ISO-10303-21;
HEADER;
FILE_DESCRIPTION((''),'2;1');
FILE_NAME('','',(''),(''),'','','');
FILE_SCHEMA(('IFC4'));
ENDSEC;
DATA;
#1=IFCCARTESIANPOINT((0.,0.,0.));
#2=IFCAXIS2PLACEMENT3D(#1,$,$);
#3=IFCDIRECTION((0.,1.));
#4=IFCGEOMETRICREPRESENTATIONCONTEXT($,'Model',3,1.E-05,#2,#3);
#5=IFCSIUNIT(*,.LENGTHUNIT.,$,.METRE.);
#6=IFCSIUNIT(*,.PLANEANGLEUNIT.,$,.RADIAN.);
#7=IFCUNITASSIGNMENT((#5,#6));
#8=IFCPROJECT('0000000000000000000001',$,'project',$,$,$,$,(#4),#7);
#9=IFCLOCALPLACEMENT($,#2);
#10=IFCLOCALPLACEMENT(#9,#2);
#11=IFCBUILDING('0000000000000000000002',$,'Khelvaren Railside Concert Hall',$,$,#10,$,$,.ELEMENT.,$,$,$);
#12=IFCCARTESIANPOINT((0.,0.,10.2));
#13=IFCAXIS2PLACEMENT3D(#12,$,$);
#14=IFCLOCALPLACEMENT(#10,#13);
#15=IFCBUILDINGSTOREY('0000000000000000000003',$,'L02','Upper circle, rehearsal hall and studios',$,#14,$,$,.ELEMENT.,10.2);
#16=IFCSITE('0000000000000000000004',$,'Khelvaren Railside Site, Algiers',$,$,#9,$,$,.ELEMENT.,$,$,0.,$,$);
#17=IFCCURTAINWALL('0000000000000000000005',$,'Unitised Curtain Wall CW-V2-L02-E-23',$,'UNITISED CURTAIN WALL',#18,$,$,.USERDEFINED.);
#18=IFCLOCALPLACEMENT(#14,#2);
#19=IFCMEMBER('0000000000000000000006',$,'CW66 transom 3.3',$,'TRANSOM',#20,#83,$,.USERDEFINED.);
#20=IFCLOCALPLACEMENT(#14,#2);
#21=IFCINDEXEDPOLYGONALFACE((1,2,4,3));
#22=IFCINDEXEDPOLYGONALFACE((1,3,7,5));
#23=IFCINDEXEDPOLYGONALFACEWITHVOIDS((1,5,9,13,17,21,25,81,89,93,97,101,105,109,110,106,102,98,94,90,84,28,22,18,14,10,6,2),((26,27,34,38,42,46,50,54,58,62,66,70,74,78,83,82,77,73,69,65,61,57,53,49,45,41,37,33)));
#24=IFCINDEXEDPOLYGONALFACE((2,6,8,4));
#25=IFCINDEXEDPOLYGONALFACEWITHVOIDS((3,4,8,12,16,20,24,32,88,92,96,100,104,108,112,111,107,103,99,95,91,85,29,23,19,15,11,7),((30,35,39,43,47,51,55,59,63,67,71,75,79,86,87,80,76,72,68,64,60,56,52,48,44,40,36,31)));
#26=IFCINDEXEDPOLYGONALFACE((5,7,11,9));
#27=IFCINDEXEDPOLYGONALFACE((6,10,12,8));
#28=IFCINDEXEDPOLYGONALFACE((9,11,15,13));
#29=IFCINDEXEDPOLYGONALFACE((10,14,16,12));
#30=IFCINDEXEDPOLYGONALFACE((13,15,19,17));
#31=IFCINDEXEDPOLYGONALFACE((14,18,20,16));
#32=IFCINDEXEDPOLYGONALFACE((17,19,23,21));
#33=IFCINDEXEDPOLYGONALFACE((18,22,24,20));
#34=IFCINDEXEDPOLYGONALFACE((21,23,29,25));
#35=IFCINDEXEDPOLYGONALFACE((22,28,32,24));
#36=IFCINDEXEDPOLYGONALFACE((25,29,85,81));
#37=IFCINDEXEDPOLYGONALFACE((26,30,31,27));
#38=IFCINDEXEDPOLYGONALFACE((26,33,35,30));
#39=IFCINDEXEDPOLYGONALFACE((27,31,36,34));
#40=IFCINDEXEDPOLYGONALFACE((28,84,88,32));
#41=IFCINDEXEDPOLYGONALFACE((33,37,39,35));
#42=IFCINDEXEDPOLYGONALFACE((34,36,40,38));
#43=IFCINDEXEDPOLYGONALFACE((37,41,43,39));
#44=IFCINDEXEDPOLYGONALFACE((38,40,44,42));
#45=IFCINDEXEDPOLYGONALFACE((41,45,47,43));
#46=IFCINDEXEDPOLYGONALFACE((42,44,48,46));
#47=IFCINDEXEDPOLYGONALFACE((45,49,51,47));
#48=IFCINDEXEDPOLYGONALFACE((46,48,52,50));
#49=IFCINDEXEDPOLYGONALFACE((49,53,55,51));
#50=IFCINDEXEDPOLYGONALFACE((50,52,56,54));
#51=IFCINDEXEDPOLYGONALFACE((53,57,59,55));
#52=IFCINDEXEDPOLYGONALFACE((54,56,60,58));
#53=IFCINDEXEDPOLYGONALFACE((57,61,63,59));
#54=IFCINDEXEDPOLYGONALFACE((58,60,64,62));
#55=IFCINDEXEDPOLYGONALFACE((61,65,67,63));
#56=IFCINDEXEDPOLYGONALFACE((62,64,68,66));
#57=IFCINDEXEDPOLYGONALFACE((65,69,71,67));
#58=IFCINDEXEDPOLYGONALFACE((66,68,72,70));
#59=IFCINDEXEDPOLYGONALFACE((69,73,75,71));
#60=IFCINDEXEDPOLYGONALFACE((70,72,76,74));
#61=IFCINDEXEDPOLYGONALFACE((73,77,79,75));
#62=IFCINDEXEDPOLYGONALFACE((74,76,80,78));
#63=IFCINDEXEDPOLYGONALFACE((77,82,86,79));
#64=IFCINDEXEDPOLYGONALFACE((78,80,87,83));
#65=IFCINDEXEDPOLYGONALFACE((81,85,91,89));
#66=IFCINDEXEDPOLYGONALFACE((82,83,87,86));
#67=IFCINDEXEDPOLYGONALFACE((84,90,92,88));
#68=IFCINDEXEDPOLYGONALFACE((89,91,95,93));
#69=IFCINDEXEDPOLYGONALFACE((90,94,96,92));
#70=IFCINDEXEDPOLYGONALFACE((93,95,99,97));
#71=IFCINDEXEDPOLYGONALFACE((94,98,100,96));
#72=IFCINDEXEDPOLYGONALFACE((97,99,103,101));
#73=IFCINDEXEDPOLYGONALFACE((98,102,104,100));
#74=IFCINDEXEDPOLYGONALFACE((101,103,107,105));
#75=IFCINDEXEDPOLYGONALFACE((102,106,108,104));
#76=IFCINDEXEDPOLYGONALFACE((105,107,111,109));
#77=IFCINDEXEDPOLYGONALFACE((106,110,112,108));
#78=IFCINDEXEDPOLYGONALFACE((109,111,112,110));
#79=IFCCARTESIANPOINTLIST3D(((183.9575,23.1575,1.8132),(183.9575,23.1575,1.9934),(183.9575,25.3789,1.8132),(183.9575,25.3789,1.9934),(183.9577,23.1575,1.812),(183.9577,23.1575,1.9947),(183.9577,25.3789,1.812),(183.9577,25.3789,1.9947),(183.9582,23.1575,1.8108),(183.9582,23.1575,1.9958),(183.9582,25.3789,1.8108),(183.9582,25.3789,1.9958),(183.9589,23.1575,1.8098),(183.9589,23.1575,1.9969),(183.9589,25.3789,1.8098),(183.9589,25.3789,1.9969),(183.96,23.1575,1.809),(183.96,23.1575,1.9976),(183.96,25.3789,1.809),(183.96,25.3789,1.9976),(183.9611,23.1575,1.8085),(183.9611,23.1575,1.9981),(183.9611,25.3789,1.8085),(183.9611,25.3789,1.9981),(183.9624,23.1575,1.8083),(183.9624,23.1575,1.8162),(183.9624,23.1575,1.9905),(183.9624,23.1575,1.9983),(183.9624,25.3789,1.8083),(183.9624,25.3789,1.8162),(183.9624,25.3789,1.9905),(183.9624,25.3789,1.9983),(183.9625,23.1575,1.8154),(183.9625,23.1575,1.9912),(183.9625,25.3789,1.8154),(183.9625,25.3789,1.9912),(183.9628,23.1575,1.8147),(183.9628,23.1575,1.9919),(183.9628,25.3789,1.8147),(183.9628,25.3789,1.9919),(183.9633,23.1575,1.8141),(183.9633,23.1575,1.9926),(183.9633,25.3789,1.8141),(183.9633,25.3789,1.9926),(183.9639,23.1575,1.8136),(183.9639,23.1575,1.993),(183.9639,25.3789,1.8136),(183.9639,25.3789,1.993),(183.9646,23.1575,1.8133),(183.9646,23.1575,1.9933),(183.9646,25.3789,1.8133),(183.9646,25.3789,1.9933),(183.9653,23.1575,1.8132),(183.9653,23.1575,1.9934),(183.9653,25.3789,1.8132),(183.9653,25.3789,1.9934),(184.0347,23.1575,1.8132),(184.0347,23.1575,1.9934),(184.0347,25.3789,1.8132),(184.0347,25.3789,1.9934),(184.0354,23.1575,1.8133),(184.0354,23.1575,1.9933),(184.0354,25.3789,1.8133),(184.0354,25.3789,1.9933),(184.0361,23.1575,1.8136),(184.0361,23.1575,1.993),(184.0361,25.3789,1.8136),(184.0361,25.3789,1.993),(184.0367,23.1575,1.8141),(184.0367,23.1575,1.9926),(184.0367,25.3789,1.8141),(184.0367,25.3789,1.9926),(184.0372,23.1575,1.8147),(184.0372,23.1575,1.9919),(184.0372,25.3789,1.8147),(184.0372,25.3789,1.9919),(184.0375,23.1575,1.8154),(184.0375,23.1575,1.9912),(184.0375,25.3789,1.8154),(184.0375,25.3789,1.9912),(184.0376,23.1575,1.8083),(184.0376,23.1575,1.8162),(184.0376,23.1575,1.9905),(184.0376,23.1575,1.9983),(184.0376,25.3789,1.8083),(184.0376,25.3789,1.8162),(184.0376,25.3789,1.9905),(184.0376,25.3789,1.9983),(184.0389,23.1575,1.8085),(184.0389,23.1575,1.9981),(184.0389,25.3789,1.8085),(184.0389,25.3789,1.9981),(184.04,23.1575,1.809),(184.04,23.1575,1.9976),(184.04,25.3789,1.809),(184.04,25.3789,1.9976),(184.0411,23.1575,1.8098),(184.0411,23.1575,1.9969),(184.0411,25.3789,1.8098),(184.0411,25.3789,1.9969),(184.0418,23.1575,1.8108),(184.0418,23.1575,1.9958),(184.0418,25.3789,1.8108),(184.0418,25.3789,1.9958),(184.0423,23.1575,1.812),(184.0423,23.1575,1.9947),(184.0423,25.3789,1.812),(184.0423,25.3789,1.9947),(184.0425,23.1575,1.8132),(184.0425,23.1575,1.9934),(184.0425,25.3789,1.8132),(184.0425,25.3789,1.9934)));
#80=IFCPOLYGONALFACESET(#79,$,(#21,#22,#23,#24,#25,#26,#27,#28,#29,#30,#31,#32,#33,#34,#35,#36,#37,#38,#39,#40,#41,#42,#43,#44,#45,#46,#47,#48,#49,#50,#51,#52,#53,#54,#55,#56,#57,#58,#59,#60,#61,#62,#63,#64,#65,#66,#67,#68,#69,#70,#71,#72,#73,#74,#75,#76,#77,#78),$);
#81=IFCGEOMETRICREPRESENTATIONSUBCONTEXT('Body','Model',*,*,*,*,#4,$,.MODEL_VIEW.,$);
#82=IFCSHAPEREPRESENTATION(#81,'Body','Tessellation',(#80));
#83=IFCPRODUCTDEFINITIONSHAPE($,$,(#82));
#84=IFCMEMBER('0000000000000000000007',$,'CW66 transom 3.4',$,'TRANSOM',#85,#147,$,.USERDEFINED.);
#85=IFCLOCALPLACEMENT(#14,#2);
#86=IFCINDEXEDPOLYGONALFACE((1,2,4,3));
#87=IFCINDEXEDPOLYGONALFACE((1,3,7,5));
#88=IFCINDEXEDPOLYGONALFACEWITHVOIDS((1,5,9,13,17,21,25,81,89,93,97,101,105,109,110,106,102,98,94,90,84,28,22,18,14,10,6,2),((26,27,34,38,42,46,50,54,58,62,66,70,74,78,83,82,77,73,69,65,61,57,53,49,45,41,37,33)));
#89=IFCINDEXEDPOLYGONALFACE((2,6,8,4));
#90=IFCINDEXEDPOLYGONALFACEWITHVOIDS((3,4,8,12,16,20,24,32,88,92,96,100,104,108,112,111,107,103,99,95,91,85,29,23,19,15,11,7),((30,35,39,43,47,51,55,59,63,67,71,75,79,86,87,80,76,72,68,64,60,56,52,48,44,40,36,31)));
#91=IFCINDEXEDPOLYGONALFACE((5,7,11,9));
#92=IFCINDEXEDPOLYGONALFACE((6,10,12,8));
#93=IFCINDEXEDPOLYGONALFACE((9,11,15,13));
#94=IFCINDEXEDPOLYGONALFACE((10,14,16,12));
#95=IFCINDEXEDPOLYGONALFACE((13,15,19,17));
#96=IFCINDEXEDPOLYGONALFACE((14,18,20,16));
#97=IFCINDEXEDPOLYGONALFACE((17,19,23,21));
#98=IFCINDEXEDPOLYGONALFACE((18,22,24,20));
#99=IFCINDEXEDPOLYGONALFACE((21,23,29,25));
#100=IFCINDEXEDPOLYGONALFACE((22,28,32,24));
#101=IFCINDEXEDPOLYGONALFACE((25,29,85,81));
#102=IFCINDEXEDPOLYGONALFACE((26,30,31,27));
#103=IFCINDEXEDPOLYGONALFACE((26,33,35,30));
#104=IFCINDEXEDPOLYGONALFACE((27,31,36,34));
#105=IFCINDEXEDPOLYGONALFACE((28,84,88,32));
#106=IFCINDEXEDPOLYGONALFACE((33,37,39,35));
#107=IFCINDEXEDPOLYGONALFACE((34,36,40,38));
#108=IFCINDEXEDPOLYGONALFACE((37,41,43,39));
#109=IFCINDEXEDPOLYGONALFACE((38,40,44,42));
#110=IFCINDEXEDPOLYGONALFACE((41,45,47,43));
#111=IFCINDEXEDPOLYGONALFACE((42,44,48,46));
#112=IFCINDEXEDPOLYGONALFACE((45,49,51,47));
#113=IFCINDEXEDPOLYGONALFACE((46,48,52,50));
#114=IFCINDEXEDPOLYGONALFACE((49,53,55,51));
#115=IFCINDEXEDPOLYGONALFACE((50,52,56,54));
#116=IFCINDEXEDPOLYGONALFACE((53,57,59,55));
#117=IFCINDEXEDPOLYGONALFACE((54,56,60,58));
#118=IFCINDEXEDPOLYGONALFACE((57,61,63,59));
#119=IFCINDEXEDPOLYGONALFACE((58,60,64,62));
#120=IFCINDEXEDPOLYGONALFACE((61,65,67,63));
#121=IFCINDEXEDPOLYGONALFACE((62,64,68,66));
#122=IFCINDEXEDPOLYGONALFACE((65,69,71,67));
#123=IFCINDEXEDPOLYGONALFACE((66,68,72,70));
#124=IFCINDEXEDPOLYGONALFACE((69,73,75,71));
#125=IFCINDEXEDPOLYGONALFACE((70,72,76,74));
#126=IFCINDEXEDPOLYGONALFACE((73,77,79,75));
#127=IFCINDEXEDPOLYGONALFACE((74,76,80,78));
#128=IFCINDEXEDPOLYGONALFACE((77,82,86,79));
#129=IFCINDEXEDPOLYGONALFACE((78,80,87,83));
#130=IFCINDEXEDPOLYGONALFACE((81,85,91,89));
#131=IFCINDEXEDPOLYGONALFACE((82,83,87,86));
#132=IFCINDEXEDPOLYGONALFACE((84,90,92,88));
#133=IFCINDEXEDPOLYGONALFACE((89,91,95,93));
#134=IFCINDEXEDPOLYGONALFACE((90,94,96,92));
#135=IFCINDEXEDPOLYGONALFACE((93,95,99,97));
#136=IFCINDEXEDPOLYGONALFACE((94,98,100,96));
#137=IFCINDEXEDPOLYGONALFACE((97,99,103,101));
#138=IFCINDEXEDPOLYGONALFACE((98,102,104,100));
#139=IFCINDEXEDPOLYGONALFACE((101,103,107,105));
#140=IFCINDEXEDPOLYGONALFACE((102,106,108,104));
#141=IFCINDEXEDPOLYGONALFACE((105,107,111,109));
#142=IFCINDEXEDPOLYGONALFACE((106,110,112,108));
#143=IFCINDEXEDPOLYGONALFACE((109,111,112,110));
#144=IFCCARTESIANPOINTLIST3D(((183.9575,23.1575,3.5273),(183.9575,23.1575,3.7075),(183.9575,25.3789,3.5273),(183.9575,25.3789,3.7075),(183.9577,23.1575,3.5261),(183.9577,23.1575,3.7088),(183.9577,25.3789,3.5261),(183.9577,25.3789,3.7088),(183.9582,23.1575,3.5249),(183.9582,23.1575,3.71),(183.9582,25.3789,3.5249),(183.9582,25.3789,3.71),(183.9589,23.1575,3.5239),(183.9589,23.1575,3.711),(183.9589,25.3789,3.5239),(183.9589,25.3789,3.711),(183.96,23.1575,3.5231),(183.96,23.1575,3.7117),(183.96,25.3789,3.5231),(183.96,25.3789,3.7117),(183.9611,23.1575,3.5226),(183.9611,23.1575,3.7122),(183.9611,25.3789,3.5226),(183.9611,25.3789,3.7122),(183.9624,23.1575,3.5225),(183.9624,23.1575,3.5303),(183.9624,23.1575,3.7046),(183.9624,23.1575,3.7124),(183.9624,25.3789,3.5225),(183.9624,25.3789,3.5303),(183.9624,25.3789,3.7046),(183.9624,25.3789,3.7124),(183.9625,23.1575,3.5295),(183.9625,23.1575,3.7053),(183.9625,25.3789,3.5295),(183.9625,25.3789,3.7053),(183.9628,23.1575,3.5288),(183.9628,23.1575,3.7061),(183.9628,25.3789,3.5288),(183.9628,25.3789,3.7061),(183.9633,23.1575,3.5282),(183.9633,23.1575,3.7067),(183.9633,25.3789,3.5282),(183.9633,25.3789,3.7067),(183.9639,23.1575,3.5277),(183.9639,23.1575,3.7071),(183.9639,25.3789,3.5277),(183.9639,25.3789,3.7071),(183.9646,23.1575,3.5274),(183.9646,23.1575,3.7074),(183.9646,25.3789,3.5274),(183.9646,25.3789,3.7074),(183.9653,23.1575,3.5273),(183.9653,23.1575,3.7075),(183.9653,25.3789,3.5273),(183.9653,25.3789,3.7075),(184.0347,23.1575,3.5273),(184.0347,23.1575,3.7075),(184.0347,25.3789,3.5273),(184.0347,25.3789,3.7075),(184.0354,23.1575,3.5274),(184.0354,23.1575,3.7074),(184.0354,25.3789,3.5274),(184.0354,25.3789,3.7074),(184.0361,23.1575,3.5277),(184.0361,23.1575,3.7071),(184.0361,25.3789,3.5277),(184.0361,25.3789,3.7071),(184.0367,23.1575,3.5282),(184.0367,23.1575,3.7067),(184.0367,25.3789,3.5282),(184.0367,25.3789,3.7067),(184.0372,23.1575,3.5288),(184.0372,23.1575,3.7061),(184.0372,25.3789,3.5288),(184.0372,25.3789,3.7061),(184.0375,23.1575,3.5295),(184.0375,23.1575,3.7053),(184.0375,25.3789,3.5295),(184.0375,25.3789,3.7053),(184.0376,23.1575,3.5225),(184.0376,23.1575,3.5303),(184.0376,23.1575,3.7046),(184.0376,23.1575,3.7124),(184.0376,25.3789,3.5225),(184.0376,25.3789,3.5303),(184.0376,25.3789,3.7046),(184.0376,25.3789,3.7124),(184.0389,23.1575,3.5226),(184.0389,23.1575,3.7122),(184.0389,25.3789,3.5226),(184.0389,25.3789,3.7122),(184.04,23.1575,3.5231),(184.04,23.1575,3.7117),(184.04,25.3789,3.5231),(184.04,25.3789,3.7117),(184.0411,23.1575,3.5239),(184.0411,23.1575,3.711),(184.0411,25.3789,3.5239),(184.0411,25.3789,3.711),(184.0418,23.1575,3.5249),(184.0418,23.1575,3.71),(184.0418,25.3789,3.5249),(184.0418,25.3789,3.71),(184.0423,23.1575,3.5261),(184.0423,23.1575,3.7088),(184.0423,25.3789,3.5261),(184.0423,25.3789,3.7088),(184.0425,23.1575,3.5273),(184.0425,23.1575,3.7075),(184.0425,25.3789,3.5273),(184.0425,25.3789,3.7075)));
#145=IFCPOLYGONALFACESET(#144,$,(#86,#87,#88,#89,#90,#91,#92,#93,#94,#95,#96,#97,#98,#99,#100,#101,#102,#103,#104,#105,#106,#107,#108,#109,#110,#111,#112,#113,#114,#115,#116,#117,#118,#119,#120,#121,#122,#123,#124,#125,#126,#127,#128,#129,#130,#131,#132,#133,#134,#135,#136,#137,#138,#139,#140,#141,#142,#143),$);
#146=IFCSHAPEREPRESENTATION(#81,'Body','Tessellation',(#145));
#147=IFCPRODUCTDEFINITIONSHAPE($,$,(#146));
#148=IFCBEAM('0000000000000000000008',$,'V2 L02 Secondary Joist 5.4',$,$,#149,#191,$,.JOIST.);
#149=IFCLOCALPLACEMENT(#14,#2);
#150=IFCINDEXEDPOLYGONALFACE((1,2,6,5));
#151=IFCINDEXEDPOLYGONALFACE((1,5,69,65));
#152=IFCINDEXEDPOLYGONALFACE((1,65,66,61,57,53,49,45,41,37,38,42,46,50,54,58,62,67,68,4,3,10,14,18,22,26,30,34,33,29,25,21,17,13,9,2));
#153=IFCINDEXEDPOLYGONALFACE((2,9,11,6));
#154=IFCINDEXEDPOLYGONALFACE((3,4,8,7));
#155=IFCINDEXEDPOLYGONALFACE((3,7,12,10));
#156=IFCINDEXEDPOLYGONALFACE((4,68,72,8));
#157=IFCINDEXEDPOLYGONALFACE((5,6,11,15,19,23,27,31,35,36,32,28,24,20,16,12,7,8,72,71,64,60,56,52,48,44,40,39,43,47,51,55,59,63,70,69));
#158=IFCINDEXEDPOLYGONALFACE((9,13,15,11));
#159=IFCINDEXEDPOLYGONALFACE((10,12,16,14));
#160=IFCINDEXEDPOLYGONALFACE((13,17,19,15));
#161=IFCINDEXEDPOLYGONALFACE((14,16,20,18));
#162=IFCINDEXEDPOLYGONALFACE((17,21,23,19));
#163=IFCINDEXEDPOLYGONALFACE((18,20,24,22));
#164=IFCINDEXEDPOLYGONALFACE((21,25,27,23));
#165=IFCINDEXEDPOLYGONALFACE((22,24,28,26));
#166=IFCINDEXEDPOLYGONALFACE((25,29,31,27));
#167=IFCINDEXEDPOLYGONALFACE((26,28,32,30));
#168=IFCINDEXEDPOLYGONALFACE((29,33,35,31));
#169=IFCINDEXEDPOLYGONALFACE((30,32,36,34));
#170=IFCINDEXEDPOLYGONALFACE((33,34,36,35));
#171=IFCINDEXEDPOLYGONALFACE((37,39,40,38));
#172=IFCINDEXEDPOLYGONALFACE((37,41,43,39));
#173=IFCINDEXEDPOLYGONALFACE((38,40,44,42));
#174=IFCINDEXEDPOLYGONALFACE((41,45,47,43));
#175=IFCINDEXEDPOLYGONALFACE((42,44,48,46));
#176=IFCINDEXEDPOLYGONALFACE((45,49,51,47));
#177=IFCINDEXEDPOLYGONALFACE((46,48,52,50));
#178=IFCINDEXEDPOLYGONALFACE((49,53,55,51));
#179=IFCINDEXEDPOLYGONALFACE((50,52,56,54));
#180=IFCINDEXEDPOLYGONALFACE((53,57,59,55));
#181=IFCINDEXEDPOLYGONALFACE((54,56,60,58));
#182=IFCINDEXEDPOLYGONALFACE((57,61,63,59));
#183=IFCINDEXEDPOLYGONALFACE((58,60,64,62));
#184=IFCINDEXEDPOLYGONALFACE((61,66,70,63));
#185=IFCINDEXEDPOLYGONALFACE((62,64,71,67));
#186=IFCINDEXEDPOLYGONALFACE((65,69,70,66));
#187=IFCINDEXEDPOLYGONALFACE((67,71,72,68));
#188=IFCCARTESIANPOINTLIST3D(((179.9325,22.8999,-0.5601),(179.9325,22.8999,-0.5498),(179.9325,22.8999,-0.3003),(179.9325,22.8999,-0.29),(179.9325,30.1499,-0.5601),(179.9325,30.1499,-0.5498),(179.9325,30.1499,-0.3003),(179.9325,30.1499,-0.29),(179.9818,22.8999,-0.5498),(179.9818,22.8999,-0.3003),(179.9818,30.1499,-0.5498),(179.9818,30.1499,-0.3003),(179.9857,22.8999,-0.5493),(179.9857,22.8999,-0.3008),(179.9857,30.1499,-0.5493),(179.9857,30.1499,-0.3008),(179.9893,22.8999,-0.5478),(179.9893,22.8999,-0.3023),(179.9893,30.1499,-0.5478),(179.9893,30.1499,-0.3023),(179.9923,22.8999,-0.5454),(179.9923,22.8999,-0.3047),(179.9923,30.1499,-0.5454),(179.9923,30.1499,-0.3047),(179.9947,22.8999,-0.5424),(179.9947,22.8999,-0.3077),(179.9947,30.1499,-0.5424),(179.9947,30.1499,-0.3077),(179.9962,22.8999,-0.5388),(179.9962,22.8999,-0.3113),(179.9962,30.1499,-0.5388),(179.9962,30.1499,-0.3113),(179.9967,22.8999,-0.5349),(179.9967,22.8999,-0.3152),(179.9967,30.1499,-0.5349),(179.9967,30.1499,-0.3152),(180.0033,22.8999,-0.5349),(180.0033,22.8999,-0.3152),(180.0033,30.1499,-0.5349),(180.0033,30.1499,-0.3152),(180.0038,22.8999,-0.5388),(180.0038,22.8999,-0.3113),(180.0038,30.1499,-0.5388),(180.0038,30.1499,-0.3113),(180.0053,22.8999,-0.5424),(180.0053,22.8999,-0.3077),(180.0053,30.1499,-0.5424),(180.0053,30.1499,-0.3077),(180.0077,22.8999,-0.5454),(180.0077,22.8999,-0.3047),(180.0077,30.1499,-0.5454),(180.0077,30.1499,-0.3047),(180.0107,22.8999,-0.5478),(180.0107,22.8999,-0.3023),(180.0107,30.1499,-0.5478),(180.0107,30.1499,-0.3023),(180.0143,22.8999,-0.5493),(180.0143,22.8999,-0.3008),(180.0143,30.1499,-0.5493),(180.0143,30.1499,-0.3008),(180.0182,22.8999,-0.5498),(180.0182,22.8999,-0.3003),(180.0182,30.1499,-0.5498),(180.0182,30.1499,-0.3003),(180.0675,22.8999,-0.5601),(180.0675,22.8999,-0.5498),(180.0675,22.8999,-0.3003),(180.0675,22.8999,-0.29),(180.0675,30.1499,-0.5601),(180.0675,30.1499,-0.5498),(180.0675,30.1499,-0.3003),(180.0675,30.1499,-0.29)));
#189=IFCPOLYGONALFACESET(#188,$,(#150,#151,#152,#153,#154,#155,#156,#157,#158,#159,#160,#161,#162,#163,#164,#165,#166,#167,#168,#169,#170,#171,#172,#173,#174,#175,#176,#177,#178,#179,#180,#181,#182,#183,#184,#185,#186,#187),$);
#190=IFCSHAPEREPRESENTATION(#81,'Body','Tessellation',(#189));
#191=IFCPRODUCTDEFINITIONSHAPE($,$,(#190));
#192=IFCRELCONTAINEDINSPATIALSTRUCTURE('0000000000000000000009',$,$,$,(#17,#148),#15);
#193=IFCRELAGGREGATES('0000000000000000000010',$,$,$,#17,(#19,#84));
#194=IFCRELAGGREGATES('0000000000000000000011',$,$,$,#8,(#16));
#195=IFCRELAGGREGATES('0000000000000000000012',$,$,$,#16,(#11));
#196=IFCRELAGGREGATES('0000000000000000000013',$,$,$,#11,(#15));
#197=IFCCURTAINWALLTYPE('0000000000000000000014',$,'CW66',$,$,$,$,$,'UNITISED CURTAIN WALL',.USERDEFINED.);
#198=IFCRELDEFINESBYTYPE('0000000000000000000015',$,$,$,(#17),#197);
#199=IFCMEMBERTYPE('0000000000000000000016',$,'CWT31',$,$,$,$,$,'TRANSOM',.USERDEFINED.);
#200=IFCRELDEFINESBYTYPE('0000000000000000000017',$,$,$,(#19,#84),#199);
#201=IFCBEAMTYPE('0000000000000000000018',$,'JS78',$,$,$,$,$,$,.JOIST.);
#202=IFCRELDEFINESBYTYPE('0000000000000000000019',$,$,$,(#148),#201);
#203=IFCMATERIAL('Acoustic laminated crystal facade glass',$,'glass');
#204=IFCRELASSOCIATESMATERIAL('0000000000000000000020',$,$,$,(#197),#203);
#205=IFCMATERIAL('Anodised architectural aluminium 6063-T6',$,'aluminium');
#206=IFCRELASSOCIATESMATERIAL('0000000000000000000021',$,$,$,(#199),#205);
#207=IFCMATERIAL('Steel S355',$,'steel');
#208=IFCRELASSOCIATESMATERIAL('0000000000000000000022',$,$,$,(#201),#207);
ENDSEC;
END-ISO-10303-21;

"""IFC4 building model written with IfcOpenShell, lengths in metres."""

from ifc_helpers import new_model, si_unit, direction, frame, origin, origin_2d, place, context, subcontext, project, spatial, hollow_rectangle, i_section, extrude, material, material_profile, profile_set, type_object, element, aggregate, save


model = new_model("IFC4")

# Units and contexts
model_context = context("Model", 3, precision=1e-05, world=origin(), true_north=direction((0.0, 1.0)))
body_context = subcontext(model_context, "Body", "Model", "MODEL_VIEW")
ifc_project = project(units=[si_unit("LENGTHUNIT", "METRE"), si_unit("PLANEANGLEUNIT", "RADIAN")], contexts=[model_context])

# Site, building, storey
site_placement = place(None, origin())
site = spatial("IfcSite", under=ifc_project, at=site_placement, Name="Khelvaren Railside Site, Algiers", CompositionType="ELEMENT", RefElevation=0.0)
building_placement = place(site_placement, origin())
building = spatial("IfcBuilding", under=site, at=building_placement, Name="Khelvaren Railside Concert Hall", CompositionType="ELEMENT")
storey_placement = place(building_placement, frame((0.0, 0.0, 10.2)))
storey = spatial("IfcBuildingStorey", under=building, at=storey_placement, Name="L02", Description="Upper circle, rehearsal hall and studios", CompositionType="ELEMENT", Elevation=10.2)

# Curtain wall, members
ifc_material_1 = material(Name="Acoustic laminated crystal facade glass", Category="glass")
curtain_wall_type = type_object("IfcCurtainWallType", Name="CW66", ElementType="UNITISED CURTAIN WALL", PredefinedType="USERDEFINED", material=ifc_material_1)
curtain_wall_placement = place(storey_placement, origin())
curtain_wall = element("IfcCurtainWall", 1, at=curtain_wall_placement, inside=storey, type_object=curtain_wall_type, Name="Unitised Curtain Wall CW-V2-L02-E-23", ObjectType="UNITISED CURTAIN WALL", PredefinedType="USERDEFINED")
ifc_material_2 = material(Name="Anodised architectural aluminium 6063-T6", Category="aluminium")
ifc_material_profile_1 = material_profile(ifc_material_2, hollow_rectangle(XDim=0.085, YDim=0.1899, WallThickness=0.0049, InnerFilletRadius=0.0029, OuterFilletRadius=0.0049, at=origin_2d()), Name="CWT 85x190x5")
ifc_profile_set_1 = profile_set([ifc_material_profile_1], Name="Anodised architectural aluminium 6063-T6")
member_type_1 = type_object("IfcMemberType", Name="CWT31", ElementType="TRANSOM", PredefinedType="USERDEFINED", material=ifc_profile_set_1)
member_1_placement = place(storey_placement, frame((184.0, 25.3789, 1.9033), z_axis=(0.0, -1.0, 0.0), x_axis=(1.0, 0.0, 0.0)))
member_1 = element("IfcMember", 2, at=member_1_placement, type_object=member_type_1, Name="CW66 transom 3.3", ObjectType="TRANSOM", PredefinedType="USERDEFINED", context=body_context, shape_type="SweptSolid", body=[
    extrude(hollow_rectangle(XDim=0.085, YDim=0.1899, WallThickness=0.0049, InnerFilletRadius=0.0029, OuterFilletRadius=0.0049, at=origin_2d()), origin(), (0.0, 0.0, 1.0), 2.2214),
])
member_2_placement = place(storey_placement, frame((184.0, 25.3789, 3.6174), z_axis=(0.0, -1.0, 0.0), x_axis=(1.0, 0.0, 0.0)))
member_2 = element("IfcMember", 3, at=member_2_placement, type_object=member_type_1, Name="CW66 transom 3.4", ObjectType="TRANSOM", PredefinedType="USERDEFINED", context=body_context, shape_type="SweptSolid", body=[
    extrude(hollow_rectangle(XDim=0.085, YDim=0.1899, WallThickness=0.0049, InnerFilletRadius=0.0029, OuterFilletRadius=0.0049, at=origin_2d()), origin(), (0.0, 0.0, 1.0), 2.2214),
])

# Beam
ifc_material_3 = material(Name="Steel S355", Category="steel")
ifc_material_profile_2 = material_profile(ifc_material_3, i_section(OverallWidth=0.135, OverallDepth=0.27, WebThickness=0.0066, FlangeThickness=0.0103, FilletRadius=0.0149, at=origin_2d()), Name="IPE 270")
ifc_profile_set_2 = profile_set([ifc_material_profile_2], Name="Steel S355")
beam_type_1 = type_object("IfcBeamType", Name="JS78", PredefinedType="JOIST", material=ifc_profile_set_2)
beam_1_placement = place(storey_placement, frame((180.0, 22.8999, -0.425), z_axis=(0.0, 1.0, 0.0), x_axis=(-1.0, 0.0, 0.0)))
element("IfcBeam", 4, at=beam_1_placement, inside=storey, type_object=beam_type_1, Name="V2 L02 Secondary Joist 5.4", PredefinedType="JOIST", context=body_context, shape_type="SweptSolid", body=[
    extrude(i_section(OverallWidth=0.135, OverallDepth=0.27, WebThickness=0.0066, FlangeThickness=0.0103, FilletRadius=0.0149, at=origin_2d()), origin(), (0.0, 0.0, 1.0), 7.25),
])

aggregate(curtain_wall, [member_1, member_2])

save(model, "model.ifc")
